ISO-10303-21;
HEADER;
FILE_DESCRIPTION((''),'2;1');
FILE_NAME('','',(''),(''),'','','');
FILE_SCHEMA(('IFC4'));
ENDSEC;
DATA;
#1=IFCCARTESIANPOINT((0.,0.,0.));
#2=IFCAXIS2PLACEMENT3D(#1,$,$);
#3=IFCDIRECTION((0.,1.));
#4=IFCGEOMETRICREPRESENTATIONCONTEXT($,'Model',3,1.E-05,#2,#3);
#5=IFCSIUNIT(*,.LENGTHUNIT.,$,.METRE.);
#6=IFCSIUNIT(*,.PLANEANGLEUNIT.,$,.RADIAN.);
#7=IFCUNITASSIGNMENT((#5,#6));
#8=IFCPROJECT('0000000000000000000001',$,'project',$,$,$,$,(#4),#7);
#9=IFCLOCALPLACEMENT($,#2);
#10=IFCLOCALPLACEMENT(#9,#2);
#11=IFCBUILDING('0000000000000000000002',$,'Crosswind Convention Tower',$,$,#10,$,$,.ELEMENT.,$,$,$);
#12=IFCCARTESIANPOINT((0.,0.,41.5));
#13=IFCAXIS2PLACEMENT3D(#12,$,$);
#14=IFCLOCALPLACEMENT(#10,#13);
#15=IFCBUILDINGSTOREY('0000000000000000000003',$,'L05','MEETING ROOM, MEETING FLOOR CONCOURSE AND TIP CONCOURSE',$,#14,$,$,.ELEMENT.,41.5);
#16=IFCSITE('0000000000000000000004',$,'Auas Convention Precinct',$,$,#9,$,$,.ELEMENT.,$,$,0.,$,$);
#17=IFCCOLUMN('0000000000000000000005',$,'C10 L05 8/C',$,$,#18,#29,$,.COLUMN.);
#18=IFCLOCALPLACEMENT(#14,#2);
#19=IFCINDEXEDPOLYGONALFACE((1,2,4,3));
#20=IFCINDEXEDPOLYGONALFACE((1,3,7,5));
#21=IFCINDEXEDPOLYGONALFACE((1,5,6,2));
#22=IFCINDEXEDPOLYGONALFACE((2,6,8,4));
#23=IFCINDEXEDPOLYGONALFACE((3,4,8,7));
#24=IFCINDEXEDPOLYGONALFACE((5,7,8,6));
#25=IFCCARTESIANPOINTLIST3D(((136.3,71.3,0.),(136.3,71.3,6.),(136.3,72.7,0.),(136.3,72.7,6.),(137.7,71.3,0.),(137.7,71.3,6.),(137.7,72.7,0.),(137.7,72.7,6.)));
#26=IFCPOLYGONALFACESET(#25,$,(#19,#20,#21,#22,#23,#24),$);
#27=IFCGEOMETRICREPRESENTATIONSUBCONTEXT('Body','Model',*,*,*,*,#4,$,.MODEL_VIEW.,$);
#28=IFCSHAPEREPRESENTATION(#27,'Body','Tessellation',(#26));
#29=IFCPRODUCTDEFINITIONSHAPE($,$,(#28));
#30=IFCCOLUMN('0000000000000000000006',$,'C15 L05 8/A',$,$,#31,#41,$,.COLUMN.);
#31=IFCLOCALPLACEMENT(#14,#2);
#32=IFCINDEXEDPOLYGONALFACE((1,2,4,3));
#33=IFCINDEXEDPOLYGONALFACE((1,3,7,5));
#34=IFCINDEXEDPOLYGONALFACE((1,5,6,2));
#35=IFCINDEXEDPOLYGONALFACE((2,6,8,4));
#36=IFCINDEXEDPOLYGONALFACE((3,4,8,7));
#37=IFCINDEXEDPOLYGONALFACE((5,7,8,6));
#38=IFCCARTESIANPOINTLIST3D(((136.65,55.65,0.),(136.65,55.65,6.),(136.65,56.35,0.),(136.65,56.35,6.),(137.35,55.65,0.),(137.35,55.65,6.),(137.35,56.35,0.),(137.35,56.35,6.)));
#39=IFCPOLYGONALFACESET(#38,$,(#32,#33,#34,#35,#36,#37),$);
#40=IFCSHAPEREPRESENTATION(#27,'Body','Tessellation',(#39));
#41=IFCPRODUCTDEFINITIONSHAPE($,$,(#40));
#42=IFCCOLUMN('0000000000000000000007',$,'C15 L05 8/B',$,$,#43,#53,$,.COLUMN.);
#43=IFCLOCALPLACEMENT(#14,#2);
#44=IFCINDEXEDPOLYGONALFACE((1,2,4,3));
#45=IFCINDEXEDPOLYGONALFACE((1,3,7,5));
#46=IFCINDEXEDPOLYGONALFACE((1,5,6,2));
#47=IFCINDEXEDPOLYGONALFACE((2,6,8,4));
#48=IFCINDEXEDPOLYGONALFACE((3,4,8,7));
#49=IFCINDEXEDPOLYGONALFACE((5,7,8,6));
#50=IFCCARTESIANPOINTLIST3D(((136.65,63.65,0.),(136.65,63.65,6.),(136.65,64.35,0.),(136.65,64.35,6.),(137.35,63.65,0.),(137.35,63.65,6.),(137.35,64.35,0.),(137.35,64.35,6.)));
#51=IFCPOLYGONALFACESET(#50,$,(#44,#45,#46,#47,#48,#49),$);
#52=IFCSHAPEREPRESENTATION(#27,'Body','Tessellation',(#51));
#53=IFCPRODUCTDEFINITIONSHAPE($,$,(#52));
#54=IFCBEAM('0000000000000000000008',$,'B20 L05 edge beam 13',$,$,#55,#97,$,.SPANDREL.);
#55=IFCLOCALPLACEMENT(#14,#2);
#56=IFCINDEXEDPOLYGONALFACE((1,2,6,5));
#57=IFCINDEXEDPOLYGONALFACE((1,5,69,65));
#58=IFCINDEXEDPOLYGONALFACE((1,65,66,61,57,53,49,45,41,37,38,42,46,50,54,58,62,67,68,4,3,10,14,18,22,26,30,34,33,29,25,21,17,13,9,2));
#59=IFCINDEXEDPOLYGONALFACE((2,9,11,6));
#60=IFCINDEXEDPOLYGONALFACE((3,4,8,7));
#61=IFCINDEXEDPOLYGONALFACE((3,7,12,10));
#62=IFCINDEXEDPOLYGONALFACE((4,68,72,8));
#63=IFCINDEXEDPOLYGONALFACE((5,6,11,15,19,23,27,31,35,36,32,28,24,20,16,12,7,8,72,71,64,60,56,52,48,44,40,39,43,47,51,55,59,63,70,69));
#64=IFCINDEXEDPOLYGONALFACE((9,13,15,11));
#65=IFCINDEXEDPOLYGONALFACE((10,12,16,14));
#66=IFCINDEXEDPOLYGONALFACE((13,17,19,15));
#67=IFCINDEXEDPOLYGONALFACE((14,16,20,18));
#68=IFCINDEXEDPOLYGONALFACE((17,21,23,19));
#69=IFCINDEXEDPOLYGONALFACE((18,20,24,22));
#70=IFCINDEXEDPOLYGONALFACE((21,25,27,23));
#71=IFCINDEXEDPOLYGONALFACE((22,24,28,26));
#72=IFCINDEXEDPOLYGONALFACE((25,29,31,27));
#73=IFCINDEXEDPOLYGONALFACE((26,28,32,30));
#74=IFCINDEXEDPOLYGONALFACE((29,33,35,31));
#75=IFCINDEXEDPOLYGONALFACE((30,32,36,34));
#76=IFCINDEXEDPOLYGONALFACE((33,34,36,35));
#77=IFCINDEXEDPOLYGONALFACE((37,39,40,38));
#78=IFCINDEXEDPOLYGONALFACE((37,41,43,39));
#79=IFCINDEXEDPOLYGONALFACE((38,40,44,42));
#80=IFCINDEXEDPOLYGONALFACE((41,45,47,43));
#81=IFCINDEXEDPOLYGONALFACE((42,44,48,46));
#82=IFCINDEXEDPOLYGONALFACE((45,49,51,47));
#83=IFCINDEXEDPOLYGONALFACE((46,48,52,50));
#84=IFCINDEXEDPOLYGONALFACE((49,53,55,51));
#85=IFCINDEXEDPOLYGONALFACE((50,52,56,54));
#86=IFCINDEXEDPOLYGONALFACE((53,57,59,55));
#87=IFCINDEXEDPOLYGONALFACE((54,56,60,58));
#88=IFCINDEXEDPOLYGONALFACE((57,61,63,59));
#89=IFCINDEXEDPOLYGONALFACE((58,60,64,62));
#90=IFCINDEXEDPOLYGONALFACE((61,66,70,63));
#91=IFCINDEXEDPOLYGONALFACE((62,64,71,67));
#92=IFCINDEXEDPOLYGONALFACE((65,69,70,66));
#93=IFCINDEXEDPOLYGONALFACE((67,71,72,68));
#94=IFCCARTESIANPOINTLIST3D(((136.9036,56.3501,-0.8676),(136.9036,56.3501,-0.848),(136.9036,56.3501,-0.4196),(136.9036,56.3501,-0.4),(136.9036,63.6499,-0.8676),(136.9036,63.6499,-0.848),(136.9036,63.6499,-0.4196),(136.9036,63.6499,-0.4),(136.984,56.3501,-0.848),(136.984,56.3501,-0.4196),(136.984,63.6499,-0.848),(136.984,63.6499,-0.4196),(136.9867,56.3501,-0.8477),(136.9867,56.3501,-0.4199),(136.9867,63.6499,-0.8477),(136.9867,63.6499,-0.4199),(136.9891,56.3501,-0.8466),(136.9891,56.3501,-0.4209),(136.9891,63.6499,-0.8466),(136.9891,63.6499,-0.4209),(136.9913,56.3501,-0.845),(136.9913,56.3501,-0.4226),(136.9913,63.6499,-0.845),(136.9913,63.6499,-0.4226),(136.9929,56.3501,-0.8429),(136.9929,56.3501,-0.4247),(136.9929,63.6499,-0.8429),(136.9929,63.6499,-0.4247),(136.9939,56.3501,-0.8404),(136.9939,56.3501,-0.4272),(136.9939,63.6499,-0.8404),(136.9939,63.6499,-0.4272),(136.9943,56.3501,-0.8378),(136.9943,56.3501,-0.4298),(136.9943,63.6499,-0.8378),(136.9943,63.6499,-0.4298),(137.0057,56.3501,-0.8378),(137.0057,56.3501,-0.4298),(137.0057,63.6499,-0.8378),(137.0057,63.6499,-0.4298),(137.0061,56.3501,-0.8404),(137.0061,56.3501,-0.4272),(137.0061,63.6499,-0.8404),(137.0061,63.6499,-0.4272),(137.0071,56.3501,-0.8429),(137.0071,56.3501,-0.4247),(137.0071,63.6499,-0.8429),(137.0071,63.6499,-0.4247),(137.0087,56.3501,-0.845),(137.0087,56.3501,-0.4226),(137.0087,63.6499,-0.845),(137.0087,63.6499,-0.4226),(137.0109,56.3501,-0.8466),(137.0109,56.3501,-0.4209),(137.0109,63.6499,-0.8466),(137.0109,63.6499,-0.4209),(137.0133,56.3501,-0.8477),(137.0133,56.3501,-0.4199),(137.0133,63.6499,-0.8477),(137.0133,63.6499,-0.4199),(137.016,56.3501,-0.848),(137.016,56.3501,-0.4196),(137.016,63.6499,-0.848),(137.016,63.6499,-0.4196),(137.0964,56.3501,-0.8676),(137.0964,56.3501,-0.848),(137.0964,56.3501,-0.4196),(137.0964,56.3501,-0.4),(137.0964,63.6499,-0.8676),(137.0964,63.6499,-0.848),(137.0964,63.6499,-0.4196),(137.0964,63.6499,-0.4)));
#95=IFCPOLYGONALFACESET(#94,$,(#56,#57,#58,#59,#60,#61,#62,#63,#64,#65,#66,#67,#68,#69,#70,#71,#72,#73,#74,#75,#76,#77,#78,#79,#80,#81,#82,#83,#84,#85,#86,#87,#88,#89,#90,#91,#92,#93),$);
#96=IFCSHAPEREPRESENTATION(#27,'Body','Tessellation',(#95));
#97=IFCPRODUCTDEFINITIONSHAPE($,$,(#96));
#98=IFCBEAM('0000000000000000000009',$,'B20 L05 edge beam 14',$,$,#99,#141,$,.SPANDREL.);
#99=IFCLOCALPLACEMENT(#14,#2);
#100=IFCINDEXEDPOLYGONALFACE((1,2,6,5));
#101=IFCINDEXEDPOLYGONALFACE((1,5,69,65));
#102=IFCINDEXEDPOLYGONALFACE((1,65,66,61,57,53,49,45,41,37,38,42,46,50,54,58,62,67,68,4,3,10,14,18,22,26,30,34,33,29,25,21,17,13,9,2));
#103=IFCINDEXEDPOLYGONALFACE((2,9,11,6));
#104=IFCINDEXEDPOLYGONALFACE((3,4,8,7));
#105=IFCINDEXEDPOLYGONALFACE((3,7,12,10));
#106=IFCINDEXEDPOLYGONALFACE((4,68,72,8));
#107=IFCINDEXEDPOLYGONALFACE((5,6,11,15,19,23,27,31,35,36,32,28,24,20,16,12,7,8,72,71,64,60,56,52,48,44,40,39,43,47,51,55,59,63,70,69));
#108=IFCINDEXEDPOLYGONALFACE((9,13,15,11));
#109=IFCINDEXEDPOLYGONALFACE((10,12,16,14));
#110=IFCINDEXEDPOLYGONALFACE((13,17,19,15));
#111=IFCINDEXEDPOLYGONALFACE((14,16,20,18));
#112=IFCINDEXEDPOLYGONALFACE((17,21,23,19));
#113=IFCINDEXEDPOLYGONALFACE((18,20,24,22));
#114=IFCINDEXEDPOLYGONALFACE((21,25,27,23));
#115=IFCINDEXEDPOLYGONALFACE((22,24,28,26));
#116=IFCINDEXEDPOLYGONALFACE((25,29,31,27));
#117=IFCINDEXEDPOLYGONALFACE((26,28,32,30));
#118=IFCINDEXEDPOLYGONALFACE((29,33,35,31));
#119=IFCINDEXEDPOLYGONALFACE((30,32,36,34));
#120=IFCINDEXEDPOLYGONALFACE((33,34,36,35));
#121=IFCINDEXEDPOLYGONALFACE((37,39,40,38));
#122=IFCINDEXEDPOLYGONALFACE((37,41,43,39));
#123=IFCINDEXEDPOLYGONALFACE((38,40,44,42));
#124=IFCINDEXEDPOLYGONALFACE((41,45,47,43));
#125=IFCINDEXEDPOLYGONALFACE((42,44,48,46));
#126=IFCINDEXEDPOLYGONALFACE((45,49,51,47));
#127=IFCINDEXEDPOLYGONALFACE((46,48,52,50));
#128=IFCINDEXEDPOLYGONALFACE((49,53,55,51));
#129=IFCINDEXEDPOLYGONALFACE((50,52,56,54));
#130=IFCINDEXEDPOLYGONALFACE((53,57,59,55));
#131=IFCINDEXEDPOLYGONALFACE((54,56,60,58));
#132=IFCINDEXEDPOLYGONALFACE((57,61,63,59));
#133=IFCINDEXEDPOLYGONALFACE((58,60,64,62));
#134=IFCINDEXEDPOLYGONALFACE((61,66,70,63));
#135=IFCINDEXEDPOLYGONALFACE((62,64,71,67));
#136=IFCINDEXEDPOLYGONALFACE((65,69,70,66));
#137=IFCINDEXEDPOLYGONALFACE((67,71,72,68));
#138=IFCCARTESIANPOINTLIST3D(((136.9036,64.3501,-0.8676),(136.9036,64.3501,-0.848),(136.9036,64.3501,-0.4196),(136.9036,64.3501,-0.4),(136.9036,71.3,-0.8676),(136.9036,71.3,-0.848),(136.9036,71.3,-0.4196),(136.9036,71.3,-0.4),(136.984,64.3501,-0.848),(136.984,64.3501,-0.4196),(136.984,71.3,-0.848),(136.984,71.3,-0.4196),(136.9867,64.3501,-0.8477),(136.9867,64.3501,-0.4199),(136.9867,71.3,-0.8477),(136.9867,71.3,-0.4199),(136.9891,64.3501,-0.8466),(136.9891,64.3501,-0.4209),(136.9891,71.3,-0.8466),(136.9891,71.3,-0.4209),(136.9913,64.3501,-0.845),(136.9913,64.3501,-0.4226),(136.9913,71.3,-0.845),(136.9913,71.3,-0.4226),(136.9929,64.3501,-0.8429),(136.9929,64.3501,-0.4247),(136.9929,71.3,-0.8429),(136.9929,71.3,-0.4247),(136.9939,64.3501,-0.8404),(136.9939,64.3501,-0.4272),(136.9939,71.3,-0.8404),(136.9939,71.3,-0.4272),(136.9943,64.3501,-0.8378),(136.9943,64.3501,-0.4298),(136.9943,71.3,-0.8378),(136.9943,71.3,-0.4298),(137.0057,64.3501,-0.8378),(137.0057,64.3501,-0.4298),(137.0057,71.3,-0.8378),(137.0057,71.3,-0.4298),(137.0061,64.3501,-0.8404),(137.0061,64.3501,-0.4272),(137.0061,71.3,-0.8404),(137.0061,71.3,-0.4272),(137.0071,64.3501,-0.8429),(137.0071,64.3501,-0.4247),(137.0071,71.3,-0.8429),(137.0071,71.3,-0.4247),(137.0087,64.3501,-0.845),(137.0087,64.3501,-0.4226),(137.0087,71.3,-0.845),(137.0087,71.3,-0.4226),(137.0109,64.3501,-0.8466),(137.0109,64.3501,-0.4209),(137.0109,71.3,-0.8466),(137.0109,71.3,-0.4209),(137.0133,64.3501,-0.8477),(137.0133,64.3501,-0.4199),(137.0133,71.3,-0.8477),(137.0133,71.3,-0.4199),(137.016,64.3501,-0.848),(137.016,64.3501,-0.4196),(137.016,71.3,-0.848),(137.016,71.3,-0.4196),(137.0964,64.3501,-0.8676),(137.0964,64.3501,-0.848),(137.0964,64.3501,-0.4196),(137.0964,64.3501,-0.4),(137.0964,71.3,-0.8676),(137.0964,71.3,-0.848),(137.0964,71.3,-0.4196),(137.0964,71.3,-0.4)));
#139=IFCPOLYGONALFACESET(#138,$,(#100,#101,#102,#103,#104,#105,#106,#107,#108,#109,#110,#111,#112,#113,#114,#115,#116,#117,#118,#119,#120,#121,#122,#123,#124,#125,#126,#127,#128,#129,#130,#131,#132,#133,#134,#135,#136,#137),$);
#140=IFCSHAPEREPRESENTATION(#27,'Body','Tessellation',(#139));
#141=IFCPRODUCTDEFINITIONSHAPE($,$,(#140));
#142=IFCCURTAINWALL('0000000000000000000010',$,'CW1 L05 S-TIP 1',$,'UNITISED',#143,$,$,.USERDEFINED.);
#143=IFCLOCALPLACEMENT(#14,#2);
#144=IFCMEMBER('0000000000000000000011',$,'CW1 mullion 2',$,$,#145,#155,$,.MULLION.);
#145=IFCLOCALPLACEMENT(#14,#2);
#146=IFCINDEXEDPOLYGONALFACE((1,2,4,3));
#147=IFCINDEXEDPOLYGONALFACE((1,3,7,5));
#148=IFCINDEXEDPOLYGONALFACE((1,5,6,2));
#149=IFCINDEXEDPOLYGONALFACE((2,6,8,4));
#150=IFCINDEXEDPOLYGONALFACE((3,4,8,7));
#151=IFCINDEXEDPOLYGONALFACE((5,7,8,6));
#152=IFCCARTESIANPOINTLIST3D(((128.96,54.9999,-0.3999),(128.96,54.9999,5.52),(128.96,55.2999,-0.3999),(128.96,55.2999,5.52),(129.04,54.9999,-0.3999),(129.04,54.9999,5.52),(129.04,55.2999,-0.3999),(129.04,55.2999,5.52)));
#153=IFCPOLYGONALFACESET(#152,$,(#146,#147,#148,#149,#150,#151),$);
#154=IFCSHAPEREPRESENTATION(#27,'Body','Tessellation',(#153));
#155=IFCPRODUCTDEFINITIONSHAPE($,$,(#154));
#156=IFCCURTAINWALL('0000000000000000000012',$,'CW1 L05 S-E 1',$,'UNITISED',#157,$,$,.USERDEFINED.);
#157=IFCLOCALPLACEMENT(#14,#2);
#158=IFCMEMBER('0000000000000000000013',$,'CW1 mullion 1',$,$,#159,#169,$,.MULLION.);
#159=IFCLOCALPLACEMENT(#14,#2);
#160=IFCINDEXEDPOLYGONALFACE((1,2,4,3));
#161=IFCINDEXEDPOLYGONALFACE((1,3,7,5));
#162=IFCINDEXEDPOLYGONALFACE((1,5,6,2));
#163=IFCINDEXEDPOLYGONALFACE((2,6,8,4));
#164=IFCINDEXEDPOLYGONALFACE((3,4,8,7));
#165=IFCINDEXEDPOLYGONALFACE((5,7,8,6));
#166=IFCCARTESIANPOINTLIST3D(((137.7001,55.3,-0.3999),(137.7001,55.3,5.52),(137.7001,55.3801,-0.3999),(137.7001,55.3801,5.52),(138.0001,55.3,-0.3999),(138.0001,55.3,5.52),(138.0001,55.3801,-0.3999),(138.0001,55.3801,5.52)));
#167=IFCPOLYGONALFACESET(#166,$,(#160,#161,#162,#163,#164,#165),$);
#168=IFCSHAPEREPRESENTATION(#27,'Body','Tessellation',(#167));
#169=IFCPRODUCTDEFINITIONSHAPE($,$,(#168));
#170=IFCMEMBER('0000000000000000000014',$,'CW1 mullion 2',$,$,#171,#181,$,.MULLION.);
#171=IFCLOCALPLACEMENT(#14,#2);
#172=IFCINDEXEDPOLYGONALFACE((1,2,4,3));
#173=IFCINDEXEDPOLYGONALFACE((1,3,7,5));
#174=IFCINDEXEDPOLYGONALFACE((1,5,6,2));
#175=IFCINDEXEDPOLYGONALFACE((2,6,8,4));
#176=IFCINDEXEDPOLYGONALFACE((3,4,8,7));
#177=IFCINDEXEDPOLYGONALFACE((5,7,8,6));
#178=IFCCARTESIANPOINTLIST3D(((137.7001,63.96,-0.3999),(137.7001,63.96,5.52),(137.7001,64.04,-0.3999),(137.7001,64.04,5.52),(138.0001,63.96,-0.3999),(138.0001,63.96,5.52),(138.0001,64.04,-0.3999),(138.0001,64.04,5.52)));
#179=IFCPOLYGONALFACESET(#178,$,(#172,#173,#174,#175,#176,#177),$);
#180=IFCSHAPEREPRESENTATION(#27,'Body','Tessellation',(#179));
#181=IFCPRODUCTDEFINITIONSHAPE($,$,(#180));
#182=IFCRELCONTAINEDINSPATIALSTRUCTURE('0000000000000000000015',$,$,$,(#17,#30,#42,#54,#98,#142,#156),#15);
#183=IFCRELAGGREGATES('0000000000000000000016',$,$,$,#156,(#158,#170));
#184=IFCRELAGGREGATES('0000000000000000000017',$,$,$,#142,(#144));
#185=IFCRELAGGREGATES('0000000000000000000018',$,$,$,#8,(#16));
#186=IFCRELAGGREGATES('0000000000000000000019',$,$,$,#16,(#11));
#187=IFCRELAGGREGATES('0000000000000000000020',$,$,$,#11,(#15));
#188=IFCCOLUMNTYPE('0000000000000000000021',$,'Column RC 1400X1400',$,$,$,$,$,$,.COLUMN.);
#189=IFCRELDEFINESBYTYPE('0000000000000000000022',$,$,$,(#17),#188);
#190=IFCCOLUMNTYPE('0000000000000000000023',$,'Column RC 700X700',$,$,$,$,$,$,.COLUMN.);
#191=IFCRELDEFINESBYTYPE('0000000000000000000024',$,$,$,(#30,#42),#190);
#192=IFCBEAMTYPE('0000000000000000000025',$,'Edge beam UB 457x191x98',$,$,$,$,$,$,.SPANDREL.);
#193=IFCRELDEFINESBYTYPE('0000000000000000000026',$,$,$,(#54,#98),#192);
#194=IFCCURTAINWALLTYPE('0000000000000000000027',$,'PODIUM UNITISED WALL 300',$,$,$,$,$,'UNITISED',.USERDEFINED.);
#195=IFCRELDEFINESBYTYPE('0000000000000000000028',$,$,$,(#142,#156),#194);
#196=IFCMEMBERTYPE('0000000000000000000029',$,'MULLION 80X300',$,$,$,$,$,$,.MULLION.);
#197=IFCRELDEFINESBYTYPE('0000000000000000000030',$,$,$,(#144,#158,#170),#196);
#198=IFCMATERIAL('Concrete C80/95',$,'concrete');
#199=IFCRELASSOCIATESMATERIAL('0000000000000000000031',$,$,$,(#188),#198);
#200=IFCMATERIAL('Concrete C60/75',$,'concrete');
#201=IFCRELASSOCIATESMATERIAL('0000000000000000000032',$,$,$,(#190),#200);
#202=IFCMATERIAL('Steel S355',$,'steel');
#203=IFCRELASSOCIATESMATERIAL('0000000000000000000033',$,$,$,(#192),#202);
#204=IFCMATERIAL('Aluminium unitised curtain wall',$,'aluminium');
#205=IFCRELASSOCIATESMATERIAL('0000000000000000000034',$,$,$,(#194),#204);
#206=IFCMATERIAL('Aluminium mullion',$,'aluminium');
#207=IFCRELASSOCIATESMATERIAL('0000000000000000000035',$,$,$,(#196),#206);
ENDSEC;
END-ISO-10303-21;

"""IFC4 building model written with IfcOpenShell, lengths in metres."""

from ifc_helpers import new_model, si_unit, direction, frame, origin, origin_2d, place, context, subcontext, project, spatial, rectangle, i_section, extrude, material, material_profile, profile_set, type_object, element, aggregate, save


model = new_model("IFC4")

# Units and contexts
model_context = context("Model", 3, precision=1e-05, world=origin(), true_north=direction((0.0, 1.0)))
body_context = subcontext(model_context, "Body", "Model", "MODEL_VIEW")
ifc_project = project(units=[si_unit("LENGTHUNIT", "METRE"), si_unit("PLANEANGLEUNIT", "RADIAN")], contexts=[model_context])

# Site, building, storey
site_placement = place(None, origin())
site = spatial("IfcSite", under=ifc_project, at=site_placement, Name="Auas Convention Precinct", CompositionType="ELEMENT", RefElevation=0.0)
building_placement = place(site_placement, origin())
building = spatial("IfcBuilding", under=site, at=building_placement, Name="Crosswind Convention Tower", CompositionType="ELEMENT")
storey_placement = place(building_placement, frame((0.0, 0.0, 41.5)))
storey = spatial("IfcBuildingStorey", under=building, at=storey_placement, Name="L05", Description="MEETING ROOM, MEETING FLOOR CONCOURSE AND TIP CONCOURSE", CompositionType="ELEMENT", Elevation=41.5)

# Columns
ifc_material_1 = material(Name="Concrete C80/95", Category="concrete")
ifc_material_profile_1 = material_profile(ifc_material_1, rectangle(XDim=1.3999, YDim=1.3999, at=origin_2d()), Name="RC 1400X1400")
ifc_profile_set_1 = profile_set([ifc_material_profile_1], Name="Concrete C80/95")
column_type_1 = type_object("IfcColumnType", Name="Column RC 1400X1400", PredefinedType="COLUMN", material=ifc_profile_set_1)
column_placement = place(storey_placement, frame((137.0, 72.0, 0.0), z_axis=(0.0, 0.0, 1.0), x_axis=(1.0, 0.0, 0.0)))
element("IfcColumn", 1, at=column_placement, inside=storey, type_object=column_type_1, Name="C10 L05 8/C", PredefinedType="COLUMN", context=body_context, shape_type="SweptSolid", body=[
    extrude(rectangle(XDim=1.3999, YDim=1.3999, at=origin_2d()), origin(), (0.0, 0.0, 1.0), 6.0),
])
ifc_material_2 = material(Name="Concrete C60/75", Category="concrete")
ifc_material_profile_2 = material_profile(ifc_material_2, rectangle(XDim=0.7, YDim=0.7, at=origin_2d()), Name="RC 700X700")
ifc_profile_set_2 = profile_set([ifc_material_profile_2], Name="Concrete C60/75")
column_type_2 = type_object("IfcColumnType", Name="Column RC 700X700", PredefinedType="COLUMN", material=ifc_profile_set_2)
for number, where, z_axis, x_axis, name in (
    (2, (137.0, 56.0, 0.0), (0.0, 0.0, 1.0), (1.0, 0.0, 0.0), "C15 L05 8/A"),
    (3, (137.0, 64.0, 0.0), (0.0, 0.0, 1.0), (1.0, 0.0, 0.0), "C15 L05 8/B"),
):
    element("IfcColumn", number, at=place(storey_placement, frame(where, z_axis=z_axis, x_axis=x_axis)), inside=storey, type_object=column_type_2, Name=name, PredefinedType="COLUMN", context=body_context, shape_type="SweptSolid", body=[
        extrude(rectangle(XDim=0.7, YDim=0.7, at=origin_2d()), origin(), (0.0, 0.0, 1.0), 6.0),
    ])

# Beams
ifc_material_3 = material(Name="Steel S355", Category="steel")
ifc_material_profile_3 = material_profile(ifc_material_3, i_section(OverallWidth=0.1929, OverallDepth=0.4675, WebThickness=0.0115, FlangeThickness=0.0195, FilletRadius=0.0103, at=origin_2d()), Name="UB 457x191x98")
ifc_profile_set_3 = profile_set([ifc_material_profile_3], Name="Steel S355")
beam_type_1 = type_object("IfcBeamType", Name="Edge beam UB 457x191x98", PredefinedType="SPANDREL", material=ifc_profile_set_3)
beam_1_placement = place(storey_placement, frame((137.0, 56.3501, -0.6338), z_axis=(0.0, 1.0, 0.0), x_axis=(-1.0, 0.0, 0.0)))
element("IfcBeam", 4, at=beam_1_placement, inside=storey, type_object=beam_type_1, Name="B20 L05 edge beam 13", PredefinedType="SPANDREL", context=body_context, shape_type="SweptSolid", body=[
    extrude(i_section(OverallWidth=0.1929, OverallDepth=0.4675, WebThickness=0.0115, FlangeThickness=0.0195, FilletRadius=0.0103, at=origin_2d()), origin(), (0.0, 0.0, 1.0), 7.2998),
])
beam_2_placement = place(storey_placement, frame((137.0, 64.3501, -0.6338), z_axis=(0.0, 1.0, 0.0), x_axis=(-1.0, 0.0, 0.0)))
element("IfcBeam", 5, at=beam_2_placement, inside=storey, type_object=beam_type_1, Name="B20 L05 edge beam 14", PredefinedType="SPANDREL", context=body_context, shape_type="SweptSolid", body=[
    extrude(i_section(OverallWidth=0.1929, OverallDepth=0.4675, WebThickness=0.0115, FlangeThickness=0.0195, FilletRadius=0.0103, at=origin_2d()), origin(), (0.0, 0.0, 1.0), 6.95),
])

# Curtain wall, member
ifc_material_4 = material(Name="Aluminium unitised curtain wall", Category="aluminium")
curtain_wall_type = type_object("IfcCurtainWallType", Name="PODIUM UNITISED WALL 300", ElementType="UNITISED", PredefinedType="USERDEFINED", material=ifc_material_4)
curtain_wall_1_placement = place(storey_placement, origin())
curtain_wall_1 = element("IfcCurtainWall", 6, at=curtain_wall_1_placement, inside=storey, type_object=curtain_wall_type, Name="CW1 L05 S-TIP 1", ObjectType="UNITISED", PredefinedType="USERDEFINED")
ifc_material_5 = material(Name="Aluminium mullion", Category="aluminium")
ifc_material_profile_4 = material_profile(ifc_material_5, rectangle(XDim=0.3, YDim=0.0801, at=origin_2d()), Name="AL 300X80")
ifc_profile_set_4 = profile_set([ifc_material_profile_4], Name="Aluminium mullion")
member_type_1 = type_object("IfcMemberType", Name="MULLION 80X300", PredefinedType="MULLION", material=ifc_profile_set_4)
member_1_placement = place(storey_placement, frame((129.0, 55.1499, -0.3999), z_axis=(0.0, 0.0, 1.0), x_axis=(0.0, -1.0, 0.0)))
member_1 = element("IfcMember", 7, at=member_1_placement, type_object=member_type_1, Name="CW1 mullion 2", PredefinedType="MULLION", context=body_context, shape_type="SweptSolid", body=[
    extrude(rectangle(XDim=0.3, YDim=0.0801, at=origin_2d()), origin(), (0.0, 0.0, 1.0), 5.9199),
])

# Curtain wall, members
curtain_wall_2_placement = place(storey_placement, origin())
curtain_wall_2 = element("IfcCurtainWall", 8, at=curtain_wall_2_placement, inside=storey, type_object=curtain_wall_type, Name="CW1 L05 S-E 1", ObjectType="UNITISED", PredefinedType="USERDEFINED")
member_2_placement = place(storey_placement, frame((137.8501, 55.3401, -0.3999), z_axis=(0.0, 0.0, 1.0), x_axis=(1.0, 0.0, 0.0)))
member_2 = element("IfcMember", 9, at=member_2_placement, type_object=member_type_1, Name="CW1 mullion 1", PredefinedType="MULLION", context=body_context, shape_type="SweptSolid", body=[
    extrude(rectangle(XDim=0.3, YDim=0.0801, at=origin_2d()), origin(), (0.0, 0.0, 1.0), 5.9199),
])
member_3_placement = place(storey_placement, frame((137.8501, 64.0, -0.3999), z_axis=(0.0, 0.0, 1.0), x_axis=(1.0, 0.0, 0.0)))
member_3 = element("IfcMember", 10, at=member_3_placement, type_object=member_type_1, Name="CW1 mullion 2", PredefinedType="MULLION", context=body_context, shape_type="SweptSolid", body=[
    extrude(rectangle(XDim=0.3, YDim=0.0801, at=origin_2d()), origin(), (0.0, 0.0, 1.0), 5.9199),
])

aggregate(curtain_wall_2, [member_2, member_3])

aggregate(curtain_wall_1, [member_1])

save(model, "model.ifc")
